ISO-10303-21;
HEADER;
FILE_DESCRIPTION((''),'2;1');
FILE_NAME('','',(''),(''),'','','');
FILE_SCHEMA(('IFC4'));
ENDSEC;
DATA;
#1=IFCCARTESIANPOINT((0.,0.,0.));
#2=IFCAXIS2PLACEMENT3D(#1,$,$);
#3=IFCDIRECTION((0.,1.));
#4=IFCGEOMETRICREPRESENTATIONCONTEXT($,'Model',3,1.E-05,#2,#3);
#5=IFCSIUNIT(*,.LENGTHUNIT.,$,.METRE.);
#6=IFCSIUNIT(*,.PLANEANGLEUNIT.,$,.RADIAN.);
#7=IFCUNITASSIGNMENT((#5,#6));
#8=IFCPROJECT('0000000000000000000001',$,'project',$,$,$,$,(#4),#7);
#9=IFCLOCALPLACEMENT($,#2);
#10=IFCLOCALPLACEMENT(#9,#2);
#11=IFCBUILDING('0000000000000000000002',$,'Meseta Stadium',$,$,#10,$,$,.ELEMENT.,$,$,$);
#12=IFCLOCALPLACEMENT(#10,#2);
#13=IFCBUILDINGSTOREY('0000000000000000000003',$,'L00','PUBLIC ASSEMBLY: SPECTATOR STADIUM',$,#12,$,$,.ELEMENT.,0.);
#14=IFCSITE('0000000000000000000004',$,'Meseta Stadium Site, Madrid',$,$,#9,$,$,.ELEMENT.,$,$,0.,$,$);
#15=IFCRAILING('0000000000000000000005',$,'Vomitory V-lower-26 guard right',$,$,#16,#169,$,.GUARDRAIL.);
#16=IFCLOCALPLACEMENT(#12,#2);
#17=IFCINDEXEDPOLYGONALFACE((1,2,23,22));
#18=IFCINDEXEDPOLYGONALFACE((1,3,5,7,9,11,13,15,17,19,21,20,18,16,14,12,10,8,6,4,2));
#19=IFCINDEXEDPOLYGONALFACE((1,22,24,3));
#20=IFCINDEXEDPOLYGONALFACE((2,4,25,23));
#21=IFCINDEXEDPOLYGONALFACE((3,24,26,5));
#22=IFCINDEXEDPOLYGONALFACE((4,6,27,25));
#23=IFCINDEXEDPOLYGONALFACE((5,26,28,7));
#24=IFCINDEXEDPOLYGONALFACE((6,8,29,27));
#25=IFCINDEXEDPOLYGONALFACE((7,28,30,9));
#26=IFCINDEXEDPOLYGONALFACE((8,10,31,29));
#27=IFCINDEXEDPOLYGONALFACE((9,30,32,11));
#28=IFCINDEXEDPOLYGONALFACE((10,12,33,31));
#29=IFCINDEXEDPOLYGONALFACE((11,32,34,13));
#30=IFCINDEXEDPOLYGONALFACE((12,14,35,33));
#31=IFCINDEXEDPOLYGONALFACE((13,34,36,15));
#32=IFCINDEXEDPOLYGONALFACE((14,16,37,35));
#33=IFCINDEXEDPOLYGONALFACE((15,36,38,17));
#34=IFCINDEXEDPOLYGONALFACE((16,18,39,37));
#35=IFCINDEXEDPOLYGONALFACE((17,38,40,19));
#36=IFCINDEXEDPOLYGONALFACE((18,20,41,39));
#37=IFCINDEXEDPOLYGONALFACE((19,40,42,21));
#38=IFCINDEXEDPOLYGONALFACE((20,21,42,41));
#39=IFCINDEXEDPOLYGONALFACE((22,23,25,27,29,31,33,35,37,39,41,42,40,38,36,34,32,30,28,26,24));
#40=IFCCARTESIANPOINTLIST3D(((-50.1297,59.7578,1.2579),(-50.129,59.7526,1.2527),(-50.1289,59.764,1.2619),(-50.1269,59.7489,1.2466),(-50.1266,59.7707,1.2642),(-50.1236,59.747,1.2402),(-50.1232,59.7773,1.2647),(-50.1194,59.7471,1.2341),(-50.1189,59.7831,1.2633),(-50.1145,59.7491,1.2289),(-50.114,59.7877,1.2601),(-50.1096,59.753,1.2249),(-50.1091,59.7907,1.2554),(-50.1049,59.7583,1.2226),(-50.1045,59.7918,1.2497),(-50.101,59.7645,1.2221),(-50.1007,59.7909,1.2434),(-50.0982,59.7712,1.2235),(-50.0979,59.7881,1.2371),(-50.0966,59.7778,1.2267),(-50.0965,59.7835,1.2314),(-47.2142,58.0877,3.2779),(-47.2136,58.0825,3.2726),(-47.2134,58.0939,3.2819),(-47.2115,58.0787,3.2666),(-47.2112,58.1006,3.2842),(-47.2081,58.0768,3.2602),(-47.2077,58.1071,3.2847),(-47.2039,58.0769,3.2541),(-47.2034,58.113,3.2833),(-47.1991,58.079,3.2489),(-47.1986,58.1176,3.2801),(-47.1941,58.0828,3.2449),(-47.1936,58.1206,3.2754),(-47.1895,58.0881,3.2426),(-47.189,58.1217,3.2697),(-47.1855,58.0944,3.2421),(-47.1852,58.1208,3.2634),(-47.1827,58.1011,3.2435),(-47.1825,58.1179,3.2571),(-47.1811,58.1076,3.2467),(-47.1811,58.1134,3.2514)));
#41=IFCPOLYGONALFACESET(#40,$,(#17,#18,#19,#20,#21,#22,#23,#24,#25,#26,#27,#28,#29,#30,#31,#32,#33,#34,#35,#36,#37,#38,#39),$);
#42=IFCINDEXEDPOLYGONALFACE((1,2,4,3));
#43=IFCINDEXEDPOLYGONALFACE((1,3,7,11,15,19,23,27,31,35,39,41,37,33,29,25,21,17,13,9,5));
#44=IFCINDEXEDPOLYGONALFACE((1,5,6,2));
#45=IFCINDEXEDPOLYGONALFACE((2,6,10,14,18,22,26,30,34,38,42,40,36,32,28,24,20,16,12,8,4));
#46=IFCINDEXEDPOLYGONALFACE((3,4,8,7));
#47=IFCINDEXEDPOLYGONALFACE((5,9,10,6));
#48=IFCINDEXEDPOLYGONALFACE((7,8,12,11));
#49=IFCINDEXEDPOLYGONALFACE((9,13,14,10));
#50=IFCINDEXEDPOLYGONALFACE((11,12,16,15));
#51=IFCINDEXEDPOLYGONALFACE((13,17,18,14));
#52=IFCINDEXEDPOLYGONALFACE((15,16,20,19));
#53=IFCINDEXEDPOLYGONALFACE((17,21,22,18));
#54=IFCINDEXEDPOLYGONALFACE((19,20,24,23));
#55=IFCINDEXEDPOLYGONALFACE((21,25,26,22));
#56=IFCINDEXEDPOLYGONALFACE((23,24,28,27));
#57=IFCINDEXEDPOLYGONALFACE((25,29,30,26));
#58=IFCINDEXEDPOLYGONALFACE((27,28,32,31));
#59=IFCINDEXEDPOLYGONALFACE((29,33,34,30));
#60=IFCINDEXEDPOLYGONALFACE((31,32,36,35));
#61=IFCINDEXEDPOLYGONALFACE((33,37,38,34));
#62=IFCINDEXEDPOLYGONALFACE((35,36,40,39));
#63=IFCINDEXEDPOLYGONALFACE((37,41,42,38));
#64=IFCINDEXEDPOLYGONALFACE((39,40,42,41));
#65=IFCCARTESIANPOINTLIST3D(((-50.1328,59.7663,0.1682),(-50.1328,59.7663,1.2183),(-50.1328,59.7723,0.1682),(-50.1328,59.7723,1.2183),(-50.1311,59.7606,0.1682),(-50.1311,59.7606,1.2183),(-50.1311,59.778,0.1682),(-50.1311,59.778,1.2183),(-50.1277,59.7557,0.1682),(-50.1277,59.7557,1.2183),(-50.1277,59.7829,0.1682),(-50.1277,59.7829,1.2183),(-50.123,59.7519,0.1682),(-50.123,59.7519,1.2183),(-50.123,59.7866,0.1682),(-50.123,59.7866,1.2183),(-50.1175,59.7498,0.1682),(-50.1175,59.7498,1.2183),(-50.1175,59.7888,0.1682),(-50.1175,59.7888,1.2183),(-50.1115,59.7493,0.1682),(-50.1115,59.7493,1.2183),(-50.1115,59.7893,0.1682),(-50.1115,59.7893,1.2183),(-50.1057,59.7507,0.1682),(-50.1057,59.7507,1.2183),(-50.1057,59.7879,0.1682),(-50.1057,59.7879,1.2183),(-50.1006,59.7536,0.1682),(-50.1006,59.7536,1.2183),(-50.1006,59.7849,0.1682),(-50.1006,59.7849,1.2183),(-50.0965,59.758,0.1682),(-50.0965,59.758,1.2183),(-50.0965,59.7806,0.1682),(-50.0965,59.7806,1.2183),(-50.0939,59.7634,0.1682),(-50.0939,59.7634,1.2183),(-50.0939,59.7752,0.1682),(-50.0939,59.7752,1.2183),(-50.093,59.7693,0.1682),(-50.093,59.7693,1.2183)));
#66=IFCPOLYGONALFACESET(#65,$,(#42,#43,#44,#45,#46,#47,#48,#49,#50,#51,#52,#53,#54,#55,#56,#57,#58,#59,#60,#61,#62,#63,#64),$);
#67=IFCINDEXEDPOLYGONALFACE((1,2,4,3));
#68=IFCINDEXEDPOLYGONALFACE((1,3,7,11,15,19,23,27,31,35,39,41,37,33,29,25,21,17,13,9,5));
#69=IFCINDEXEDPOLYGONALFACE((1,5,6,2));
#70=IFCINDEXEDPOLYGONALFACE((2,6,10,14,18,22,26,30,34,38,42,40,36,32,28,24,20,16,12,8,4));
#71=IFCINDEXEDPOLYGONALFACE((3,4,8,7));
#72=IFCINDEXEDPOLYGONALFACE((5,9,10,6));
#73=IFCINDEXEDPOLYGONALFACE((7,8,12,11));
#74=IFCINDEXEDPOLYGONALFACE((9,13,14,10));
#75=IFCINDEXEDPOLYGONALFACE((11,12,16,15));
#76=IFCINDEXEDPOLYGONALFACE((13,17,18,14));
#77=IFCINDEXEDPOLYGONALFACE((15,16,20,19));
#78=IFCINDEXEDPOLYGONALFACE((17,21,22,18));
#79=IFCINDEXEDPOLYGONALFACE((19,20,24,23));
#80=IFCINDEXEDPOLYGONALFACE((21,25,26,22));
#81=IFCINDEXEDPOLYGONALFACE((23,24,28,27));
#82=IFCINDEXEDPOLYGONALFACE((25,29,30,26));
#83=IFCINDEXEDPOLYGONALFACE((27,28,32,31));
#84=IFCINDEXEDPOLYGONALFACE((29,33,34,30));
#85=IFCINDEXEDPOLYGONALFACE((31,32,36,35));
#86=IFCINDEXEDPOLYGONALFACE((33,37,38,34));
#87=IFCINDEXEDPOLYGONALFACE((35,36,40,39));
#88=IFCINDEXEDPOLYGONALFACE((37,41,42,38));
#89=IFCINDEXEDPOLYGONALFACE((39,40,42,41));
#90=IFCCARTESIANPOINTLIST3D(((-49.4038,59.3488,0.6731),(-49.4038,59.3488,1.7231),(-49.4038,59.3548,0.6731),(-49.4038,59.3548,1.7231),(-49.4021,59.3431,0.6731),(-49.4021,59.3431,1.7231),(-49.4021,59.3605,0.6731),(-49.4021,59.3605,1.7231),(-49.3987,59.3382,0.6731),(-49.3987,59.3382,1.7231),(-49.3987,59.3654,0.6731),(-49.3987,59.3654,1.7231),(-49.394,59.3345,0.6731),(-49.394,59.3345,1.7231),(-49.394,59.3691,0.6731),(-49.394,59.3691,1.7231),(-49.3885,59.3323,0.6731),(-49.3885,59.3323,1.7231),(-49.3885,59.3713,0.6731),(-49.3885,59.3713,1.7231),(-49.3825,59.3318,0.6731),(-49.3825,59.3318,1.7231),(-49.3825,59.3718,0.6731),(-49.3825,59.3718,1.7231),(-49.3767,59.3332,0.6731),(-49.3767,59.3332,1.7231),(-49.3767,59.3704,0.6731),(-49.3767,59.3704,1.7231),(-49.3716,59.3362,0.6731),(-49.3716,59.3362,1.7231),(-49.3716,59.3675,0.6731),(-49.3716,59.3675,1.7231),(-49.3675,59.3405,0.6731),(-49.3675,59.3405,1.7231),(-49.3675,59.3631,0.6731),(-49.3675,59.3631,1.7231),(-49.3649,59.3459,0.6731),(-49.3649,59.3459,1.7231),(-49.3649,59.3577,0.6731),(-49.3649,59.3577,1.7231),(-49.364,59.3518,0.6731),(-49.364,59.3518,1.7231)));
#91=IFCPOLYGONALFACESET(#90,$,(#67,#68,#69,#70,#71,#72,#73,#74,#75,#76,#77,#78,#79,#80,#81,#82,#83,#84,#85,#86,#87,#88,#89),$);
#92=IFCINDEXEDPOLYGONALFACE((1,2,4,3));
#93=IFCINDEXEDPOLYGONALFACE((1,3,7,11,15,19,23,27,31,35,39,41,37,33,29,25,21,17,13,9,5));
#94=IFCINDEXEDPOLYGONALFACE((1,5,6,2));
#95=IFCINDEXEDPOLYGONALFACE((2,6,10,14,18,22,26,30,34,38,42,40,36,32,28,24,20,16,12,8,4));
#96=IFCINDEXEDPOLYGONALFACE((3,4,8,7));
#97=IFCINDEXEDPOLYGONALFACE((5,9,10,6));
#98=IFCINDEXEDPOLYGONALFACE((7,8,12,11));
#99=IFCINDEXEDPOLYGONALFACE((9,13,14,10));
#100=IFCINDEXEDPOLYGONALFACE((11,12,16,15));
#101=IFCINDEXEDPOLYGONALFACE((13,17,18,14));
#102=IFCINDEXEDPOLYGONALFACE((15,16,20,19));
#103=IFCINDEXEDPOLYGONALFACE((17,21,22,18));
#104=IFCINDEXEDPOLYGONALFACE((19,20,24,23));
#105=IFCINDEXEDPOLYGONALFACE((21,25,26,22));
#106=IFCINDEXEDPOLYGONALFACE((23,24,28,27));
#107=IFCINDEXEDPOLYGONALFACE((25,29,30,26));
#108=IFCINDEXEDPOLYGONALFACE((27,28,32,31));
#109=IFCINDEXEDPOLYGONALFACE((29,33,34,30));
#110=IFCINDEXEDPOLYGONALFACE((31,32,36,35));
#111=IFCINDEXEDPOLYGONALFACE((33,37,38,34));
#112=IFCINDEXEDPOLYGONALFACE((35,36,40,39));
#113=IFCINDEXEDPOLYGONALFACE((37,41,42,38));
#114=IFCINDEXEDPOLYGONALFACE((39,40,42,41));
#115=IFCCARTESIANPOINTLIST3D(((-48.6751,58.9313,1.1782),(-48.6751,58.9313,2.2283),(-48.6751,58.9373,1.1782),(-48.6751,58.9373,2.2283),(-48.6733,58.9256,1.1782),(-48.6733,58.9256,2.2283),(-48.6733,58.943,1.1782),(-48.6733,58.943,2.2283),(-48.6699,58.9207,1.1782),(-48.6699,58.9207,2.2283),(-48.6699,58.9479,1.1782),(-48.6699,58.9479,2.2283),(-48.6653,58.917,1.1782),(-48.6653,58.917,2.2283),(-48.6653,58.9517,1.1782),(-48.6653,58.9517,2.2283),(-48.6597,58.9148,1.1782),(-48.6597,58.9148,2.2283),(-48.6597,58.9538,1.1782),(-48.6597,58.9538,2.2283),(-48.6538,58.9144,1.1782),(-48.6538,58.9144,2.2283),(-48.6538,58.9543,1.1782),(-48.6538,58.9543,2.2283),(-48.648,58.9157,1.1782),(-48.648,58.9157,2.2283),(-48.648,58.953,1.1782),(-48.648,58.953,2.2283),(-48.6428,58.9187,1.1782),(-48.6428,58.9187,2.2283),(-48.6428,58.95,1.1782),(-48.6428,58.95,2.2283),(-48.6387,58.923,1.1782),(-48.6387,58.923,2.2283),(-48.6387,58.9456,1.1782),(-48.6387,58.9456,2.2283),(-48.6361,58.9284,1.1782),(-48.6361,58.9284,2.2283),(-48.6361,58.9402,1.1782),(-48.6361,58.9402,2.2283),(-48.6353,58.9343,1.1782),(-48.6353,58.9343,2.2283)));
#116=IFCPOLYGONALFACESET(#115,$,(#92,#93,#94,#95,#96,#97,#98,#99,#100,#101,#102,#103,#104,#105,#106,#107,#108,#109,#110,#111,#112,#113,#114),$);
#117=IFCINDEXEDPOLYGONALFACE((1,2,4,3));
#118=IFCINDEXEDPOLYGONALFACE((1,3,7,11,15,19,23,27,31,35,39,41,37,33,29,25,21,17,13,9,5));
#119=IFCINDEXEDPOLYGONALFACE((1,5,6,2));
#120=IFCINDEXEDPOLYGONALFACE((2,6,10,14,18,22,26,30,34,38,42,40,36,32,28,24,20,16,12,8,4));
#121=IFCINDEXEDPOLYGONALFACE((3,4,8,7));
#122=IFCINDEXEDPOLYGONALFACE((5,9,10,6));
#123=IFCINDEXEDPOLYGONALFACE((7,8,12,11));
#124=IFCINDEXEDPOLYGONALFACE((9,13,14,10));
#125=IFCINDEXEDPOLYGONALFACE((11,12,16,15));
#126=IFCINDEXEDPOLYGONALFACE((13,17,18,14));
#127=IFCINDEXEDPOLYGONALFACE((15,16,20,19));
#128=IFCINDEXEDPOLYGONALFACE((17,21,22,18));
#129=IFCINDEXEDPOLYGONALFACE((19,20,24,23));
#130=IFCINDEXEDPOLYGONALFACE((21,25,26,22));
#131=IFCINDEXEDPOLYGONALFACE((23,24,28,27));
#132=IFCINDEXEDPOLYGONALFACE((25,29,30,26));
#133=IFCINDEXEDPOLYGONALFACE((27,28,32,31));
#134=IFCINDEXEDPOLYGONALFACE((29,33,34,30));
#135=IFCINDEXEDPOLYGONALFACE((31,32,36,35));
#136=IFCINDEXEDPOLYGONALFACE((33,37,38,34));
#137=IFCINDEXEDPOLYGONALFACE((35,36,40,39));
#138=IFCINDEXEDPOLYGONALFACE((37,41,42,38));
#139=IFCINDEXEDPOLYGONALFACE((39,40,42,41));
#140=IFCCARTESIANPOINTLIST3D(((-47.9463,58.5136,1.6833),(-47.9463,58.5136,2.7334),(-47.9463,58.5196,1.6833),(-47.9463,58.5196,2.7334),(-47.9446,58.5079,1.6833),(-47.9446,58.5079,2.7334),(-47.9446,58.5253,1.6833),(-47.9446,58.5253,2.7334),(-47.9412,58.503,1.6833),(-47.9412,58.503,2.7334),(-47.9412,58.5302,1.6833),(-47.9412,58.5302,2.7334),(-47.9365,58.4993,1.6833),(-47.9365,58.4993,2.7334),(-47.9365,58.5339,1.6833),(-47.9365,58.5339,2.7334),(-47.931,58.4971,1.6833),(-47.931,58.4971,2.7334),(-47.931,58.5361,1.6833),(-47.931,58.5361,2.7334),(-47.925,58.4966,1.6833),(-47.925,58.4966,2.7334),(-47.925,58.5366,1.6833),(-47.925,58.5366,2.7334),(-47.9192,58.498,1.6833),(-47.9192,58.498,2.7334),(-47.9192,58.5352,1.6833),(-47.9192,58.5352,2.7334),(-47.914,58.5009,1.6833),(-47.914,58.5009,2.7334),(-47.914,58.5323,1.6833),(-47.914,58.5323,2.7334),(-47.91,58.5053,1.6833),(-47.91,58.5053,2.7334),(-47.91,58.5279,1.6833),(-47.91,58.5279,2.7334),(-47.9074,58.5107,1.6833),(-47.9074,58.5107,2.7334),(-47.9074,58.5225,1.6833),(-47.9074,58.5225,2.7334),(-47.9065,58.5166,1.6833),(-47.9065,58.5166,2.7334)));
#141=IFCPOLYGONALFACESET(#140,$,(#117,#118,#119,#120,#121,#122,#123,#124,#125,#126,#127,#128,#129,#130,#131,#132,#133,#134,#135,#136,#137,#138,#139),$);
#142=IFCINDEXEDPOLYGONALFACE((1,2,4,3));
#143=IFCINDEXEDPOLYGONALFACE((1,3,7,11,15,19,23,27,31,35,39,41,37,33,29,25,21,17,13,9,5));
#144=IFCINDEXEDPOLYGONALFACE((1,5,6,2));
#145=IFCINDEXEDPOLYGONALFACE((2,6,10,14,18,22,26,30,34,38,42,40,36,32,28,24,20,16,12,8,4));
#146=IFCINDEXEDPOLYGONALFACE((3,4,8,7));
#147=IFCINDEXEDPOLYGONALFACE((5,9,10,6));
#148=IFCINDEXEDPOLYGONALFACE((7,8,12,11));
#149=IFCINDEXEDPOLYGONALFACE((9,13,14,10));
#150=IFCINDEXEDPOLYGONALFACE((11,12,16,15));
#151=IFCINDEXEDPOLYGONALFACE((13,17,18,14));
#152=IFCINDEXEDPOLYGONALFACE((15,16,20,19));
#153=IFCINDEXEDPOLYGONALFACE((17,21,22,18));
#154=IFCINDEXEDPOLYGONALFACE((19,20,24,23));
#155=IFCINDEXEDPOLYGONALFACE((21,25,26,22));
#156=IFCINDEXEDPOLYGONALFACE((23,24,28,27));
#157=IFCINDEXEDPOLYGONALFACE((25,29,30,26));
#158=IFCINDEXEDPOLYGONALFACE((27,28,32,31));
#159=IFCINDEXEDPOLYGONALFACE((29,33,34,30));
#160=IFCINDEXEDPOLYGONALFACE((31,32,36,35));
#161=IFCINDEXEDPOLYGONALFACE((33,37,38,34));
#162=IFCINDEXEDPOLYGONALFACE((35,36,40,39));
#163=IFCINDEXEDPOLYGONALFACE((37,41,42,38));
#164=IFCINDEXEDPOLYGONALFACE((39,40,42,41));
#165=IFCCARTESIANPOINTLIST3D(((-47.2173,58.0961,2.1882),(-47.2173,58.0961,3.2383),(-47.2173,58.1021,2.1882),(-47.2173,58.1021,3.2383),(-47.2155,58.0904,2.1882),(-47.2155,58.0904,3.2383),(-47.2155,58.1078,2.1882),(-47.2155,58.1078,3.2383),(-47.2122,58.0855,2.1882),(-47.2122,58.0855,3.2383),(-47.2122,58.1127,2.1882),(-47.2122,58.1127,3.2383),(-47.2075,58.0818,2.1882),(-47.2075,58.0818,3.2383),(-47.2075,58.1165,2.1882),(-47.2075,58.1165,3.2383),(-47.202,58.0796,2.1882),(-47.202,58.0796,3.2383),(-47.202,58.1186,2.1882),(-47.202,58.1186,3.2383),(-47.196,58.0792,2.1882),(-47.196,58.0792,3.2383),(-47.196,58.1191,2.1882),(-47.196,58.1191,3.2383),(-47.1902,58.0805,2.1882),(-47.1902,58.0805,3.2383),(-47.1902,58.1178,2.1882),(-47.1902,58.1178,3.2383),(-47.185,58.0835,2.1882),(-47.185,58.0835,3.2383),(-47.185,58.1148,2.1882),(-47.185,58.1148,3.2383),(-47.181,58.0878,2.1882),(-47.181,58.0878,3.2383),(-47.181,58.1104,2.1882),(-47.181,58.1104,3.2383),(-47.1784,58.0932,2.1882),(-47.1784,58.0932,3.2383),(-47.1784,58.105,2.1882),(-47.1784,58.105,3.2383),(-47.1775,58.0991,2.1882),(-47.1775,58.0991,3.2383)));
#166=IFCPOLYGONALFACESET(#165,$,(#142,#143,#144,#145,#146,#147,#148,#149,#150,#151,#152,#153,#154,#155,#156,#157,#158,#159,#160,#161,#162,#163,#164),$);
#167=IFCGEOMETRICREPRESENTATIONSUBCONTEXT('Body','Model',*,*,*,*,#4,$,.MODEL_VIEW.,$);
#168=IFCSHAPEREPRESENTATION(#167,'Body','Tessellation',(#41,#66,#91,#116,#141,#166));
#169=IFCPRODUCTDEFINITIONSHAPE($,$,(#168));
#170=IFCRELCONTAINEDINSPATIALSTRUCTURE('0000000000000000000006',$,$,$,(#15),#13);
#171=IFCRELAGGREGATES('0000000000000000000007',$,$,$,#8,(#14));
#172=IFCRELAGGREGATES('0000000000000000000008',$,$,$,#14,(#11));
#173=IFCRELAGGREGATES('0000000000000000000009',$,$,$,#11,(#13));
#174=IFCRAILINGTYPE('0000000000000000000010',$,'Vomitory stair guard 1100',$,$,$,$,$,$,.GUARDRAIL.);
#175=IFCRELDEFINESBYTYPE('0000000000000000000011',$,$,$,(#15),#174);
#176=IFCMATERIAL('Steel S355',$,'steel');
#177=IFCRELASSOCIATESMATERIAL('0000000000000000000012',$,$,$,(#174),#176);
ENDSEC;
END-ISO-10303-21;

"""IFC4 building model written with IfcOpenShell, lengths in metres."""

from ifc_helpers import new_model, si_unit, direction, frame, origin, origin_2d, place, context, subcontext, project, spatial, circle, extrude, material, type_object, element, save


model = new_model("IFC4")

# Units and contexts
model_context = context("Model", 3, precision=1e-05, world=origin(), true_north=direction((0.0, 1.0)))
body_context = subcontext(model_context, "Body", "Model", "MODEL_VIEW")
ifc_project = project(units=[si_unit("LENGTHUNIT", "METRE"), si_unit("PLANEANGLEUNIT", "RADIAN")], contexts=[model_context])

# Site, building, storey
site_placement = place(None, origin())
site = spatial("IfcSite", under=ifc_project, at=site_placement, Name="Meseta Stadium Site, Madrid", CompositionType="ELEMENT", RefElevation=0.0)
building_placement = place(site_placement, origin())
building = spatial("IfcBuilding", under=site, at=building_placement, Name="Meseta Stadium", CompositionType="ELEMENT")
storey_placement = place(building_placement, origin())
storey = spatial("IfcBuildingStorey", under=building, at=storey_placement, Name="L00", Description="PUBLIC ASSEMBLY: SPECTATOR STADIUM", CompositionType="ELEMENT", Elevation=0.0)

# Railing
ifc_material_1 = material(Name="Steel S355", Category="steel")
railing_type_1 = type_object("IfcRailingType", Name="Vomitory stair guard 1100", PredefinedType="GUARDRAIL", material=ifc_material_1)
railing_1_placement = place(storey_placement, frame((-50.113, 59.7693, 0.1682)))
element("IfcRailing", 1, at=railing_1_placement, inside=storey, type_object=railing_type_1, Name="Vomitory V-lower-26 guard right", PredefinedType="GUARDRAIL", context=body_context, shape_type="SweptSolid", body=[
    extrude(circle(Radius=0.0249, at=origin_2d()), frame((0.0, 0.0, 1.0752), z_axis=(0.743664, -0.42601, 0.515247), x_axis=(0.49707, 0.867711, 0.0)), (0.0, 0.0, 1.0), 3.9204),
    extrude(circle(Radius=0.02, at=origin_2d()), origin(), (0.0, 0.0, 1.0), 1.05),
    extrude(circle(Radius=0.02, at=origin_2d()), frame((0.729, -0.4175, 0.5049)), (0.0, 0.0, 1.0), 1.05),
    extrude(circle(Radius=0.02, at=origin_2d()), frame((1.4578, -0.835, 1.01)), (0.0, 0.0, 1.0), 1.05),
    extrude(circle(Radius=0.02, at=origin_2d()), frame((2.1865, -1.2527, 1.5151)), (0.0, 0.0, 1.0), 1.05),
    extrude(circle(Radius=0.02, at=origin_2d()), frame((2.9155, -1.6702, 2.02)), (0.0, 0.0, 1.0), 1.05),
])

save(model, "model.ifc")
